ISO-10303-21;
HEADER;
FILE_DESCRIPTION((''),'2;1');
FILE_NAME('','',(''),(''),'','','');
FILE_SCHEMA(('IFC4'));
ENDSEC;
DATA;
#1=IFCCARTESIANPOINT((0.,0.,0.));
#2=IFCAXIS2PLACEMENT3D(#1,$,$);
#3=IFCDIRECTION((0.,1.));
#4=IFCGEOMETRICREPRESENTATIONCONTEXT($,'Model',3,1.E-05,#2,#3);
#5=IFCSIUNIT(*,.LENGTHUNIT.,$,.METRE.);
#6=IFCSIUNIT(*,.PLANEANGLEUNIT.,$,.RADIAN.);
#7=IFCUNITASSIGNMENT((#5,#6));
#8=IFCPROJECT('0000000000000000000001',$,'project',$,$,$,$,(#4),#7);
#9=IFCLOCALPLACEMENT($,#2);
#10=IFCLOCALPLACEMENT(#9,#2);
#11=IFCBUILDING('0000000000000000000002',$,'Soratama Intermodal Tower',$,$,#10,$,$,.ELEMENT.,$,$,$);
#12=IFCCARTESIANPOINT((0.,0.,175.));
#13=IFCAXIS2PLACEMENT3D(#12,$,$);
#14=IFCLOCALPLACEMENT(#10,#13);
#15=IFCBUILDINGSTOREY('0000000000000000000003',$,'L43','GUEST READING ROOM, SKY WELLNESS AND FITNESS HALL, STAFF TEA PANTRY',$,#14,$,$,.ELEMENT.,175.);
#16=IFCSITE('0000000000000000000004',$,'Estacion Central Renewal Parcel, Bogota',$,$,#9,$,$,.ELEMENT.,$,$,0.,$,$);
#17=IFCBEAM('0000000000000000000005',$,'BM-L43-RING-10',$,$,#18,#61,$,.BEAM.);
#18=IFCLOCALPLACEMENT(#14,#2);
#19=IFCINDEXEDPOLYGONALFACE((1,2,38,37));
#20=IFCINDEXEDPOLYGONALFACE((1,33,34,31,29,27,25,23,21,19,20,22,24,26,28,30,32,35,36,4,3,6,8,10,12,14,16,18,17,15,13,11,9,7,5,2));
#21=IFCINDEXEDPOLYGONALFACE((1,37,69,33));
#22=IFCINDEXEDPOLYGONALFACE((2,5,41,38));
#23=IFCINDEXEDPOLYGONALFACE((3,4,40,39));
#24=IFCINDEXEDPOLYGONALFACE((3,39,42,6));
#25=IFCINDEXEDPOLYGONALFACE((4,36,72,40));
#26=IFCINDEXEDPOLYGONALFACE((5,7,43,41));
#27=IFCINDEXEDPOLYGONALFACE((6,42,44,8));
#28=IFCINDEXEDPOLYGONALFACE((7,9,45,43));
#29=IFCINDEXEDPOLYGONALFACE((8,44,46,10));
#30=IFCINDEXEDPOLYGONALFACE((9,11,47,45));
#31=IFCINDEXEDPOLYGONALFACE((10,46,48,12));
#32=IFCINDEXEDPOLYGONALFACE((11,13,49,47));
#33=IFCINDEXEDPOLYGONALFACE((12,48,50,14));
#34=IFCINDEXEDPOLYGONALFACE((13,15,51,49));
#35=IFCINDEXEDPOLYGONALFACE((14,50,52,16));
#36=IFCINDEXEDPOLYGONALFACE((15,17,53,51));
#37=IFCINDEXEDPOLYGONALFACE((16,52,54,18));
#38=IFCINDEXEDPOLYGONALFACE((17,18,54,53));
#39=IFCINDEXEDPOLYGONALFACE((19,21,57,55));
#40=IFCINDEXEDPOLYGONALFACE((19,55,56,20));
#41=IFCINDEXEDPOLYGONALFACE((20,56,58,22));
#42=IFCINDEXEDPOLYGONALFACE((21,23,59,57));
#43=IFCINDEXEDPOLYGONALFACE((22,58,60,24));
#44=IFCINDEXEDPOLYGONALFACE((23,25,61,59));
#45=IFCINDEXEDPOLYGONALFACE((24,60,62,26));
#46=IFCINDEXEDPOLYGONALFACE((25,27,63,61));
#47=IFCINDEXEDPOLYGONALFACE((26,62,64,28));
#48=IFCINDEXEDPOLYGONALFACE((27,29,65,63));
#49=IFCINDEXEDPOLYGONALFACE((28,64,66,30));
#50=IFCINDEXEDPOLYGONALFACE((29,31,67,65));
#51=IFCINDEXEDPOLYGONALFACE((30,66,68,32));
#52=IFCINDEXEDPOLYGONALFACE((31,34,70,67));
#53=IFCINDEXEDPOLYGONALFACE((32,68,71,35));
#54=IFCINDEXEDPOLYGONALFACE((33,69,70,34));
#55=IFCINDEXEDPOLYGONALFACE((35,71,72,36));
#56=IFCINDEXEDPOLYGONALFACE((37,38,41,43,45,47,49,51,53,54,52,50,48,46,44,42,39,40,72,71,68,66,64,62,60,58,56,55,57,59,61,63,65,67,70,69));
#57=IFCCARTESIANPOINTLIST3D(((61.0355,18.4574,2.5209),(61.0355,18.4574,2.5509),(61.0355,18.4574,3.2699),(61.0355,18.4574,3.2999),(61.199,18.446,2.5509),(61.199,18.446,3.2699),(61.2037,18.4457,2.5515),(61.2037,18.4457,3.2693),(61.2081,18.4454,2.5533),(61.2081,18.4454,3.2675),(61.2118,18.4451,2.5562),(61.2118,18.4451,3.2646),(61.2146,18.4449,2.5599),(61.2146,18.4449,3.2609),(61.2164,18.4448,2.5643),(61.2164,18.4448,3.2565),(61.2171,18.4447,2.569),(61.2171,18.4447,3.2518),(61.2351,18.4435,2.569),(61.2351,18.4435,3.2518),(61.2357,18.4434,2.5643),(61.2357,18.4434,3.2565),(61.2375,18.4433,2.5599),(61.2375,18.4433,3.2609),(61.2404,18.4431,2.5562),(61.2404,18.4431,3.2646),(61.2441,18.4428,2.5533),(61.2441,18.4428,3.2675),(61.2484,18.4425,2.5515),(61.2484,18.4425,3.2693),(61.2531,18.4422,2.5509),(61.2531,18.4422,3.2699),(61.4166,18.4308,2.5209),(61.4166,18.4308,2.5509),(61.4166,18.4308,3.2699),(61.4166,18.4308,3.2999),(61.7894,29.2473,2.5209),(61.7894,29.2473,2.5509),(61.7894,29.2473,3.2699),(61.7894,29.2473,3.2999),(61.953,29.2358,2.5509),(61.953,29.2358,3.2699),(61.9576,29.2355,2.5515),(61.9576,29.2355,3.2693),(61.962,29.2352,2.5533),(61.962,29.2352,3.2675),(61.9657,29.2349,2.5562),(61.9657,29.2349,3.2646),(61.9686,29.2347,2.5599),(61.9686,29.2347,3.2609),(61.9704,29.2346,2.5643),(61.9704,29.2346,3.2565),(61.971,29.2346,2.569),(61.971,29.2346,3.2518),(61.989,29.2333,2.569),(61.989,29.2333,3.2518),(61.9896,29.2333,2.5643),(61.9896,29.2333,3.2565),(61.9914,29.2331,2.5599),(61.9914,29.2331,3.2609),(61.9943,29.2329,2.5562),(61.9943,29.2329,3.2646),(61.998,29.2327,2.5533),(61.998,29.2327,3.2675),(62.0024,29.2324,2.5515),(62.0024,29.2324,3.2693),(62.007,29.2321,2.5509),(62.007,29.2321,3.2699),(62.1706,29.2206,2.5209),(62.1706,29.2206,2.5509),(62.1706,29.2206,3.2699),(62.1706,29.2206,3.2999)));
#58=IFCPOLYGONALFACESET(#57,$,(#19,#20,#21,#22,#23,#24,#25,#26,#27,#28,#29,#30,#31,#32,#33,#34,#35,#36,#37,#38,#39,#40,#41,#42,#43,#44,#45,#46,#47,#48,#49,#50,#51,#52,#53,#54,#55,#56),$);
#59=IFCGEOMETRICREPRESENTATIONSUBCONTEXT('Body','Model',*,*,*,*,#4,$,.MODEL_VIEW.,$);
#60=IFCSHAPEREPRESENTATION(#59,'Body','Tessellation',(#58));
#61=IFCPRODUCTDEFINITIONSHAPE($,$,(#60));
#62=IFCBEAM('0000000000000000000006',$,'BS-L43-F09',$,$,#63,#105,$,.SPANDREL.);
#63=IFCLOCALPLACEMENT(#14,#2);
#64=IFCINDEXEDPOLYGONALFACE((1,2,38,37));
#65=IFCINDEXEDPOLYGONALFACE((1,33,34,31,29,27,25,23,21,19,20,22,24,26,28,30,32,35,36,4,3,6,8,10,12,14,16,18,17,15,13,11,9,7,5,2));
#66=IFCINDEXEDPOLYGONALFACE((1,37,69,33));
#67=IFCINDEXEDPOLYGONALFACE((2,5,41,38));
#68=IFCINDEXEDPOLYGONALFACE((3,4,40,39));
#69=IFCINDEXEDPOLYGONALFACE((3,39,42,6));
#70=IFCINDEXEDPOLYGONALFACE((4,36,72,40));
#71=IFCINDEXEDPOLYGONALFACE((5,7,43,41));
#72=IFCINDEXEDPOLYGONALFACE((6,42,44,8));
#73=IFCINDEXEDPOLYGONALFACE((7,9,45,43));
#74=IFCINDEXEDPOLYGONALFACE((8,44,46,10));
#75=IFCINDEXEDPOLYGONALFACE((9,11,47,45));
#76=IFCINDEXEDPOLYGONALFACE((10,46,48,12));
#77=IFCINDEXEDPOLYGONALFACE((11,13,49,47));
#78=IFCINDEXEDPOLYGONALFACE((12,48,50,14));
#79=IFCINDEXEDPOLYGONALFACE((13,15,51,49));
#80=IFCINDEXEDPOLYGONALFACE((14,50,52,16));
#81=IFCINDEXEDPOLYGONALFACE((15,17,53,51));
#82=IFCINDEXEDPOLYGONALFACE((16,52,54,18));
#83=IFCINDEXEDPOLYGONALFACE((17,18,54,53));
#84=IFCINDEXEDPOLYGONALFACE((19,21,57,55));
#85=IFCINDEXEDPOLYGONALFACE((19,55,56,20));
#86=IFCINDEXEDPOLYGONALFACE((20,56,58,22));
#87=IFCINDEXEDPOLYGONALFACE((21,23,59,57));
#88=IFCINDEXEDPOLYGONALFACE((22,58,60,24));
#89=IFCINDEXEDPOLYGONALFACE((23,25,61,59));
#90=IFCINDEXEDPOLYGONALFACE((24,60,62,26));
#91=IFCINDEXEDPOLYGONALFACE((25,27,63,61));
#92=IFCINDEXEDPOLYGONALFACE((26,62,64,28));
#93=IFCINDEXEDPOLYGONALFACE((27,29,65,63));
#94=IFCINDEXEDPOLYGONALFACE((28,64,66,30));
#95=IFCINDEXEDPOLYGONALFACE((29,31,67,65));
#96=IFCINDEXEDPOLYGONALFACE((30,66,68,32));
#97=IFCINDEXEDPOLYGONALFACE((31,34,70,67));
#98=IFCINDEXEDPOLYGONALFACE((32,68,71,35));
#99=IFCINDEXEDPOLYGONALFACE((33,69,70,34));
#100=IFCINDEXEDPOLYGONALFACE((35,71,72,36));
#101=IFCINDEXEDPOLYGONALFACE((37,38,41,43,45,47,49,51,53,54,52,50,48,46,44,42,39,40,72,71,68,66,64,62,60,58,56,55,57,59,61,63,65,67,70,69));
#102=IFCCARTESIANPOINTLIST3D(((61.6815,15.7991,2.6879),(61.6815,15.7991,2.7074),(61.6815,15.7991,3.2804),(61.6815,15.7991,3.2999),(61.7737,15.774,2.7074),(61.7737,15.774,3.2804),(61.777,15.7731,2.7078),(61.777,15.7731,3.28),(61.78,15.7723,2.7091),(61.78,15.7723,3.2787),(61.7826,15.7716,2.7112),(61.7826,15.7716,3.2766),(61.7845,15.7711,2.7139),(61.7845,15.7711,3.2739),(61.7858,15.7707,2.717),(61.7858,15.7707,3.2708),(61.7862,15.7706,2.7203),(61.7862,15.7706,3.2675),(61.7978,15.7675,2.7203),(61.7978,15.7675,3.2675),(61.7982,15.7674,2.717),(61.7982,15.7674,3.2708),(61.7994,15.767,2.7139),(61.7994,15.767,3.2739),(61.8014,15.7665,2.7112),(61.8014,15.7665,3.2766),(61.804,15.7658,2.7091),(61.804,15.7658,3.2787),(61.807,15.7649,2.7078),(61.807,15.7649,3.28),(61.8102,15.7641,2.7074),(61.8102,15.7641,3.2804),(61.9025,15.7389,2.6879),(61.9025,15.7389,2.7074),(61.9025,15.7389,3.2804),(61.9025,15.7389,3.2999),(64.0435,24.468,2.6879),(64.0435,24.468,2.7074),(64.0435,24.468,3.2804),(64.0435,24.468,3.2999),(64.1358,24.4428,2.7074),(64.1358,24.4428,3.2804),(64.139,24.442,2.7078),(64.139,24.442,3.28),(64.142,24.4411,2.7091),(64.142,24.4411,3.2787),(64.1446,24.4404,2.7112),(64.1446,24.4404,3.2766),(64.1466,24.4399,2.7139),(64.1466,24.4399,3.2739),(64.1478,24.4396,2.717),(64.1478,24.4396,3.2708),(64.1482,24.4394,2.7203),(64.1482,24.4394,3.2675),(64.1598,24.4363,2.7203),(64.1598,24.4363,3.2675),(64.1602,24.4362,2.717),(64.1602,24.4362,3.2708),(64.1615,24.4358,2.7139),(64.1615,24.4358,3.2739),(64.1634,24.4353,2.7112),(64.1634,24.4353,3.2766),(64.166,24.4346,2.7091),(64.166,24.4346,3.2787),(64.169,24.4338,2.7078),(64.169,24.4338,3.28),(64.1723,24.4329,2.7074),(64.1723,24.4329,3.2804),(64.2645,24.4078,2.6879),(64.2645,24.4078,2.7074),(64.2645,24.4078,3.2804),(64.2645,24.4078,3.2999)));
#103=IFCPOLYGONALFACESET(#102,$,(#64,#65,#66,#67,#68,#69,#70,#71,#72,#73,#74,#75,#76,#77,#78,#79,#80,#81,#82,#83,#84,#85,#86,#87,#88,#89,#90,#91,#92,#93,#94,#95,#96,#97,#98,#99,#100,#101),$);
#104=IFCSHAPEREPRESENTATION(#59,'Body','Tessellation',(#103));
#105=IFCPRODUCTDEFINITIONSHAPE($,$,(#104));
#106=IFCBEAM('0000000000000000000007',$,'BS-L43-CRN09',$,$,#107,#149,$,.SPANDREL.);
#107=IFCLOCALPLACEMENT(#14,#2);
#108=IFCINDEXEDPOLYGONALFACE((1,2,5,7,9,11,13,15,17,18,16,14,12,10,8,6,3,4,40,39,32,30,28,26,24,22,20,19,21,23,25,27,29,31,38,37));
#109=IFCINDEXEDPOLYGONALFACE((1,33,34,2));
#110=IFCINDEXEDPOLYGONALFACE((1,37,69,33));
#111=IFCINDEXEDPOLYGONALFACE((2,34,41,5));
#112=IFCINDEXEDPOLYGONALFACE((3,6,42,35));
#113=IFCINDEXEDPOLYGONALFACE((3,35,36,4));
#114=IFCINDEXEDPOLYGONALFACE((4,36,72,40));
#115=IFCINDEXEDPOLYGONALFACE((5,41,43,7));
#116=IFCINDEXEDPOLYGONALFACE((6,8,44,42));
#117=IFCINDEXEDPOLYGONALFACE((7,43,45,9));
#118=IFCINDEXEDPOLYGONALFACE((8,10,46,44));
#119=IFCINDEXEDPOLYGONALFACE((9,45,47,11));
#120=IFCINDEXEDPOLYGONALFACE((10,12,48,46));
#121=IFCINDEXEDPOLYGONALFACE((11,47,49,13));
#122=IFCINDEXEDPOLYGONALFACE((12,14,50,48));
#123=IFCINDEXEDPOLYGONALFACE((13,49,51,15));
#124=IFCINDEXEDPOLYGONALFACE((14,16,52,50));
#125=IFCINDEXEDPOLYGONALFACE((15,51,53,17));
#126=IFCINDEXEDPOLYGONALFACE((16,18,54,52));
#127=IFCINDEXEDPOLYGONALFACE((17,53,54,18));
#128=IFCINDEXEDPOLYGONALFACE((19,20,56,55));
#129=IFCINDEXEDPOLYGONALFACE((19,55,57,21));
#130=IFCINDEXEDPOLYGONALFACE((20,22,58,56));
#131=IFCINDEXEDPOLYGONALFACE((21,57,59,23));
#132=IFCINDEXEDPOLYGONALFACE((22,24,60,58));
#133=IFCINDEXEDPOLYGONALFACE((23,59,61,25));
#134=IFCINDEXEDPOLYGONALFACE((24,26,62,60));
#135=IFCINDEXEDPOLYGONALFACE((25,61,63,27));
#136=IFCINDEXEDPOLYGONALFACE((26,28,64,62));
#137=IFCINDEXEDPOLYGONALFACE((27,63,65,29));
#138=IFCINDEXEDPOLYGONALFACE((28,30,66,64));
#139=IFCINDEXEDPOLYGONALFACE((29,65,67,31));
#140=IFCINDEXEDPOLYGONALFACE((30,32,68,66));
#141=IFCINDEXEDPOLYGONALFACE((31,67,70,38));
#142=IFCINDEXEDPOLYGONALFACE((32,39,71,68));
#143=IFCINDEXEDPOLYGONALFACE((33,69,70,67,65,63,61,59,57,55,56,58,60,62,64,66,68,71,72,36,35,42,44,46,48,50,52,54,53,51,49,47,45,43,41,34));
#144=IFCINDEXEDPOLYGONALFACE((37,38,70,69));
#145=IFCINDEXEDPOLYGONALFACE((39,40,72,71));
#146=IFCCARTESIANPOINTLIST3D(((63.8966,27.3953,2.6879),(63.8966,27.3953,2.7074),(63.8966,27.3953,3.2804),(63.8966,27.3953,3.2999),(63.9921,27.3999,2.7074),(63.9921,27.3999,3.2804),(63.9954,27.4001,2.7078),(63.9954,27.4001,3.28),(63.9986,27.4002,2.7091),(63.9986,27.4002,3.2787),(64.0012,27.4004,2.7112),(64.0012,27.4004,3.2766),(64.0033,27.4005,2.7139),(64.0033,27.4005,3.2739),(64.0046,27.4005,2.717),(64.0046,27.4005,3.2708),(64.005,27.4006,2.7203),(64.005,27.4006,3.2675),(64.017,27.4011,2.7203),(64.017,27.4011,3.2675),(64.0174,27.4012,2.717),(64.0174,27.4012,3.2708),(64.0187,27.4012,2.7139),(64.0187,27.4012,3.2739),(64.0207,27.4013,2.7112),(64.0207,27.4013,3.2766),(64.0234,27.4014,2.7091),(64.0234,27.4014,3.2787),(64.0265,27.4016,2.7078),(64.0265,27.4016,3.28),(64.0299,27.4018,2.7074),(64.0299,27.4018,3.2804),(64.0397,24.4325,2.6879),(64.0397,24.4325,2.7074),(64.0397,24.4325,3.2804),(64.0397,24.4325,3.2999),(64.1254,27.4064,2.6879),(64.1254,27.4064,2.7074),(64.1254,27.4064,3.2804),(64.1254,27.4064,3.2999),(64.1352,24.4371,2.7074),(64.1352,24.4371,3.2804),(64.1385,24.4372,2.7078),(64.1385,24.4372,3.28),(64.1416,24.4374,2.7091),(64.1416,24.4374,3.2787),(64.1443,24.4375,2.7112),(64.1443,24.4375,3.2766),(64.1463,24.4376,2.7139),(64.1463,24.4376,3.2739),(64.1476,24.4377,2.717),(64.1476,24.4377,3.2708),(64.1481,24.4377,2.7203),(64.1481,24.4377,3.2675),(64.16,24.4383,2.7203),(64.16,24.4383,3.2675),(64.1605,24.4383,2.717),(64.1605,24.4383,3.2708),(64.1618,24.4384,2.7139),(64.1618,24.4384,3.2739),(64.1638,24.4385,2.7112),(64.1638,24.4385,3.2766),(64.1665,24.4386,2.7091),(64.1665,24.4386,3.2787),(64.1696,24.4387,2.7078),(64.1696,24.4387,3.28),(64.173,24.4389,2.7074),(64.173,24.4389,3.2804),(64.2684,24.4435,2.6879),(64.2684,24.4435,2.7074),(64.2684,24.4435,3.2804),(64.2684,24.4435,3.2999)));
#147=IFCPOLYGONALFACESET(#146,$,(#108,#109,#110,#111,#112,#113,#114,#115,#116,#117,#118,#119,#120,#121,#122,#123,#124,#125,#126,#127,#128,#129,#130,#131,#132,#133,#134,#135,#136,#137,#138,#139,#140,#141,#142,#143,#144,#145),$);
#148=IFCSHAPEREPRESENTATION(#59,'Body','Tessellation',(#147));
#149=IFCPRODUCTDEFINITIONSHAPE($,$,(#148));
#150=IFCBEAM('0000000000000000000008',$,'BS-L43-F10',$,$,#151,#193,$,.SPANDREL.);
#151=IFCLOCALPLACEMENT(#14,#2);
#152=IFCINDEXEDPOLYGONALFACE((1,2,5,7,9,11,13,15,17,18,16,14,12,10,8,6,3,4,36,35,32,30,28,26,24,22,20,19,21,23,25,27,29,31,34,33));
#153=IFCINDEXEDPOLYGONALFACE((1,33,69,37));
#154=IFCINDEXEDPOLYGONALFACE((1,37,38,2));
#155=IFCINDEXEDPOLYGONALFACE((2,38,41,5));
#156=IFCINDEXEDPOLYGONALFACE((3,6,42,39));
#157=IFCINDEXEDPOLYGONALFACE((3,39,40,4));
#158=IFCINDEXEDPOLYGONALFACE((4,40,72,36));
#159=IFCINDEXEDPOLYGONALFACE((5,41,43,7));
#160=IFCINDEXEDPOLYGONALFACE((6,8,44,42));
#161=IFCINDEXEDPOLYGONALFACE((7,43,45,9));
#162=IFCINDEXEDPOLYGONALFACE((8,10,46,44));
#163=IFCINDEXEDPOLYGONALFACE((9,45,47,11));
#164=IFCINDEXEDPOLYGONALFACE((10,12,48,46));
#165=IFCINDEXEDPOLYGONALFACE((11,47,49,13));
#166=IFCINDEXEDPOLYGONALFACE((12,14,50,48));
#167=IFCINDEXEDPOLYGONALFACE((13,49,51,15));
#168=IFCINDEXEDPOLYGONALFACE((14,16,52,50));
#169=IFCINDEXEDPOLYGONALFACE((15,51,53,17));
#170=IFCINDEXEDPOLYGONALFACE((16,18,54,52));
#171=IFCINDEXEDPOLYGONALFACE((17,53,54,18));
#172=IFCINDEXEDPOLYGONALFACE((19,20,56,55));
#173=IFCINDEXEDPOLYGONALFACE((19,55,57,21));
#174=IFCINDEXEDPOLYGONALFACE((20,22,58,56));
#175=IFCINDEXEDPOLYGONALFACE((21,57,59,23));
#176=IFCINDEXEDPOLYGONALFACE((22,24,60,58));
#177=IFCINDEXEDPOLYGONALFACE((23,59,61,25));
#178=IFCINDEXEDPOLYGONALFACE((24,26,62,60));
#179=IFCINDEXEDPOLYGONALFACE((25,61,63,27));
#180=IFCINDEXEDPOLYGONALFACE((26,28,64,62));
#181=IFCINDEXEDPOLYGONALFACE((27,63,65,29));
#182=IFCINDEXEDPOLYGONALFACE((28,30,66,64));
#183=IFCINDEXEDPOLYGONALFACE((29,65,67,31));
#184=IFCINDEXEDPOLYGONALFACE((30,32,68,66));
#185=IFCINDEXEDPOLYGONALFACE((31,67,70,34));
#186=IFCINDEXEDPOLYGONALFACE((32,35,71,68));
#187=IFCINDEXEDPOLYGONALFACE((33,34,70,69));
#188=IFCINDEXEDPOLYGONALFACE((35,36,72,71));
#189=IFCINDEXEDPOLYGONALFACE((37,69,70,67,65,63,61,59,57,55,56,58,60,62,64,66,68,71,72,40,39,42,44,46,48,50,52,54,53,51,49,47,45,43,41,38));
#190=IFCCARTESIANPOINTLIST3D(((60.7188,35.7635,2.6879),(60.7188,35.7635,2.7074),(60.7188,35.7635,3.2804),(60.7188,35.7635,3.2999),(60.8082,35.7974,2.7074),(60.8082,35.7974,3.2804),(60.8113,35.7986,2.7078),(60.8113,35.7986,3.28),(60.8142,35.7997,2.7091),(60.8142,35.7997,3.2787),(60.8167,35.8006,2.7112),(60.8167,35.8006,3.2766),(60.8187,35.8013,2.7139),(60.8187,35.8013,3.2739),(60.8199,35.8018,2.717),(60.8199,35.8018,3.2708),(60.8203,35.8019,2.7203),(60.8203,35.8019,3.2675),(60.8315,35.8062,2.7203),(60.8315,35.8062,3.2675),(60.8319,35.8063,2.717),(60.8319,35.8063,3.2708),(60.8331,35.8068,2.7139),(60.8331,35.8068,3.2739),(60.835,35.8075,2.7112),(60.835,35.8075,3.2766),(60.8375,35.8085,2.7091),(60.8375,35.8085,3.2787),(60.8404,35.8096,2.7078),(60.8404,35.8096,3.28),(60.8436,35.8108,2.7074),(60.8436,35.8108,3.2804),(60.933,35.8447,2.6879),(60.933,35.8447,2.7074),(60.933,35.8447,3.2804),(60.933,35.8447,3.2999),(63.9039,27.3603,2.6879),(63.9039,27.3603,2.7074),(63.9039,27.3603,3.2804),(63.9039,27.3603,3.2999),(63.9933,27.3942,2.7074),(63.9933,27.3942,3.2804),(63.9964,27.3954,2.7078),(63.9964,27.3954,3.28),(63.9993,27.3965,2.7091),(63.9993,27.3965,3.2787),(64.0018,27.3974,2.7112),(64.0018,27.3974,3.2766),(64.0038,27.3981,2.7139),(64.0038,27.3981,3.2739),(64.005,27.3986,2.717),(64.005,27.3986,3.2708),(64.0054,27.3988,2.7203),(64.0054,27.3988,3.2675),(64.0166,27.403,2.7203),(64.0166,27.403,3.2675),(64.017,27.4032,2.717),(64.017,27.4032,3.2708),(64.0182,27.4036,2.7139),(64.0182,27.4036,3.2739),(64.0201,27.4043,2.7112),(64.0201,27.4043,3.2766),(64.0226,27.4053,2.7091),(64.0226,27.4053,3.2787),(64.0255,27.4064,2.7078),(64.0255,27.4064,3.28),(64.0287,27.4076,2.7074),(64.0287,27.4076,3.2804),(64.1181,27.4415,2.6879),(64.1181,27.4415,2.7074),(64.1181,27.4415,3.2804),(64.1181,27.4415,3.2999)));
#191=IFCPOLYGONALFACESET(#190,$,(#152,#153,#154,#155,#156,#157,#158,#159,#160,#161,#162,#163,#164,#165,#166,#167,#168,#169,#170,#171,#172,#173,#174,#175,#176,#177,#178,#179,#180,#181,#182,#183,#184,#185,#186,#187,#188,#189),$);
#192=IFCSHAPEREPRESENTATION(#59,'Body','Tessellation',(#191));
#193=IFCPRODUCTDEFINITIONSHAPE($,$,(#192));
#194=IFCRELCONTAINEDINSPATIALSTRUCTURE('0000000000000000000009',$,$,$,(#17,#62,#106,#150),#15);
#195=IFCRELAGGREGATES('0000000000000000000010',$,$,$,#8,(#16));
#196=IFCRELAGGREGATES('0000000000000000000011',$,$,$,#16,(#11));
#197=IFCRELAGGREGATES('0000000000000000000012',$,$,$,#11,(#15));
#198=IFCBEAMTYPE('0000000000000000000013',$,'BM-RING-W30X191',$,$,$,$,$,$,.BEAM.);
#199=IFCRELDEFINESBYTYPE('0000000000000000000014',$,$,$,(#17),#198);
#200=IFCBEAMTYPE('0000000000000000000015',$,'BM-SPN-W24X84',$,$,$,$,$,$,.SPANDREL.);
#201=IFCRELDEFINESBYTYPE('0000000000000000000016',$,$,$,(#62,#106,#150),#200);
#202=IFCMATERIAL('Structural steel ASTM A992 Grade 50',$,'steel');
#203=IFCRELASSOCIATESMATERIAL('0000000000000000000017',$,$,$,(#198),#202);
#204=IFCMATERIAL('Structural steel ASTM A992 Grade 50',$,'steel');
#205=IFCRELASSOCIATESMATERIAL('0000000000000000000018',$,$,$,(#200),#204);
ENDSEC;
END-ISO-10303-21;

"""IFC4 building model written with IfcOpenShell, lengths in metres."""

from ifc_helpers import new_model, si_unit, direction, frame, origin, origin_2d, place, context, subcontext, project, spatial, i_section, extrude, material, material_profile, profile_set, type_object, element, save


model = new_model("IFC4")

# Units and contexts
model_context = context("Model", 3, precision=1e-05, world=origin(), true_north=direction((0.0, 1.0)))
body_context = subcontext(model_context, "Body", "Model", "MODEL_VIEW")
ifc_project = project(units=[si_unit("LENGTHUNIT", "METRE"), si_unit("PLANEANGLEUNIT", "RADIAN")], contexts=[model_context])

# Site, building, storey
site_placement = place(None, origin())
site = spatial("IfcSite", under=ifc_project, at=site_placement, Name="Estacion Central Renewal Parcel, Bogota", CompositionType="ELEMENT", RefElevation=0.0)
building_placement = place(site_placement, origin())
building = spatial("IfcBuilding", under=site, at=building_placement, Name="Soratama Intermodal Tower", CompositionType="ELEMENT")
storey_placement = place(building_placement, frame((0.0, 0.0, 175.0)))
storey = spatial("IfcBuildingStorey", under=building, at=storey_placement, Name="L43", Description="GUEST READING ROOM, SKY WELLNESS AND FITNESS HALL, STAFF TEA PANTRY", CompositionType="ELEMENT", Elevation=175.0)

# Beams
ifc_material_1 = material(Name="Structural steel ASTM A992 Grade 50", Category="steel")
ifc_material_profile_1 = material_profile(ifc_material_1, i_section(OverallWidth=0.3821, OverallDepth=0.7791, WebThickness=0.0181, FlangeThickness=0.03, FilletRadius=0.0181, at=origin_2d()), Name="W30X191")
ifc_profile_set_1 = profile_set([ifc_material_profile_1], Name="Structural steel ASTM A992 Grade 50")
beam_type_1 = type_object("IfcBeamType", Name="BM-RING-W30X191", PredefinedType="BEAM", material=ifc_profile_set_1)
beam_1_placement = place(storey_placement, frame((61.2261, 18.4441, 2.9104), z_axis=(0.069702, 0.997568, 0.0), x_axis=(-0.997568, 0.069702, 0.0)))
element("IfcBeam", 1, at=beam_1_placement, inside=storey, type_object=beam_type_1, Name="BM-L43-RING-10", PredefinedType="BEAM", context=body_context, shape_type="SweptSolid", body=[
    extrude(i_section(OverallWidth=0.3821, OverallDepth=0.7791, WebThickness=0.0181, FlangeThickness=0.03, FilletRadius=0.0181, at=origin_2d()), origin(), (0.0, 0.0, 1.0), 10.8162),
])
ifc_material_2 = material(Name="Structural steel ASTM A992 Grade 50", Category="steel")
ifc_material_profile_2 = material_profile(ifc_material_2, i_section(OverallWidth=0.229, OverallDepth=0.6121, WebThickness=0.012, FlangeThickness=0.0195, FilletRadius=0.0129, at=origin_2d()), Name="W24X84")
ifc_profile_set_2 = profile_set([ifc_material_profile_2], Name="Structural steel ASTM A992 Grade 50")
beam_type_2 = type_object("IfcBeamType", Name="BM-SPN-W24X84", PredefinedType="SPANDREL", material=ifc_profile_set_2)
beam_2_placement = place(storey_placement, frame((61.792, 15.769, 2.9939), z_axis=(0.26289, 0.964826, 0.0), x_axis=(-0.964826, 0.26289, 0.0)))
element("IfcBeam", 2, at=beam_2_placement, inside=storey, type_object=beam_type_2, Name="BS-L43-F09", PredefinedType="SPANDREL", context=body_context, shape_type="SweptSolid", body=[
    extrude(i_section(OverallWidth=0.229, OverallDepth=0.6121, WebThickness=0.012, FlangeThickness=0.0195, FilletRadius=0.0129, at=origin_2d()), origin(), (0.0, 0.0, 1.0), 8.9849),
])
beam_3_placement = place(storey_placement, frame((64.1541, 24.438, 2.9939), z_axis=(-0.04823, 0.998836, 0.0), x_axis=(-0.998836, -0.04823, 0.0)))
element("IfcBeam", 3, at=beam_3_placement, inside=storey, type_object=beam_type_2, Name="BS-L43-CRN09", PredefinedType="SPANDREL", context=body_context, shape_type="SweptSolid", body=[
    extrude(i_section(OverallWidth=0.229, OverallDepth=0.6121, WebThickness=0.012, FlangeThickness=0.0195, FilletRadius=0.0129, at=origin_2d()), origin(), (0.0, 0.0, 1.0), 2.9663),
])
beam_4_placement = place(storey_placement, frame((64.011, 27.4009, 2.9939), z_axis=(-0.354429, 0.935083, 0.0), x_axis=(-0.935083, -0.354429, 0.0)))
element("IfcBeam", 4, at=beam_4_placement, inside=storey, type_object=beam_type_2, Name="BS-L43-F10", PredefinedType="SPANDREL", context=body_context, shape_type="SweptSolid", body=[
    extrude(i_section(OverallWidth=0.229, OverallDepth=0.6121, WebThickness=0.012, FlangeThickness=0.0195, FilletRadius=0.0129, at=origin_2d()), origin(), (0.0, 0.0, 1.0), 8.9866),
])

save(model, "model.ifc")
